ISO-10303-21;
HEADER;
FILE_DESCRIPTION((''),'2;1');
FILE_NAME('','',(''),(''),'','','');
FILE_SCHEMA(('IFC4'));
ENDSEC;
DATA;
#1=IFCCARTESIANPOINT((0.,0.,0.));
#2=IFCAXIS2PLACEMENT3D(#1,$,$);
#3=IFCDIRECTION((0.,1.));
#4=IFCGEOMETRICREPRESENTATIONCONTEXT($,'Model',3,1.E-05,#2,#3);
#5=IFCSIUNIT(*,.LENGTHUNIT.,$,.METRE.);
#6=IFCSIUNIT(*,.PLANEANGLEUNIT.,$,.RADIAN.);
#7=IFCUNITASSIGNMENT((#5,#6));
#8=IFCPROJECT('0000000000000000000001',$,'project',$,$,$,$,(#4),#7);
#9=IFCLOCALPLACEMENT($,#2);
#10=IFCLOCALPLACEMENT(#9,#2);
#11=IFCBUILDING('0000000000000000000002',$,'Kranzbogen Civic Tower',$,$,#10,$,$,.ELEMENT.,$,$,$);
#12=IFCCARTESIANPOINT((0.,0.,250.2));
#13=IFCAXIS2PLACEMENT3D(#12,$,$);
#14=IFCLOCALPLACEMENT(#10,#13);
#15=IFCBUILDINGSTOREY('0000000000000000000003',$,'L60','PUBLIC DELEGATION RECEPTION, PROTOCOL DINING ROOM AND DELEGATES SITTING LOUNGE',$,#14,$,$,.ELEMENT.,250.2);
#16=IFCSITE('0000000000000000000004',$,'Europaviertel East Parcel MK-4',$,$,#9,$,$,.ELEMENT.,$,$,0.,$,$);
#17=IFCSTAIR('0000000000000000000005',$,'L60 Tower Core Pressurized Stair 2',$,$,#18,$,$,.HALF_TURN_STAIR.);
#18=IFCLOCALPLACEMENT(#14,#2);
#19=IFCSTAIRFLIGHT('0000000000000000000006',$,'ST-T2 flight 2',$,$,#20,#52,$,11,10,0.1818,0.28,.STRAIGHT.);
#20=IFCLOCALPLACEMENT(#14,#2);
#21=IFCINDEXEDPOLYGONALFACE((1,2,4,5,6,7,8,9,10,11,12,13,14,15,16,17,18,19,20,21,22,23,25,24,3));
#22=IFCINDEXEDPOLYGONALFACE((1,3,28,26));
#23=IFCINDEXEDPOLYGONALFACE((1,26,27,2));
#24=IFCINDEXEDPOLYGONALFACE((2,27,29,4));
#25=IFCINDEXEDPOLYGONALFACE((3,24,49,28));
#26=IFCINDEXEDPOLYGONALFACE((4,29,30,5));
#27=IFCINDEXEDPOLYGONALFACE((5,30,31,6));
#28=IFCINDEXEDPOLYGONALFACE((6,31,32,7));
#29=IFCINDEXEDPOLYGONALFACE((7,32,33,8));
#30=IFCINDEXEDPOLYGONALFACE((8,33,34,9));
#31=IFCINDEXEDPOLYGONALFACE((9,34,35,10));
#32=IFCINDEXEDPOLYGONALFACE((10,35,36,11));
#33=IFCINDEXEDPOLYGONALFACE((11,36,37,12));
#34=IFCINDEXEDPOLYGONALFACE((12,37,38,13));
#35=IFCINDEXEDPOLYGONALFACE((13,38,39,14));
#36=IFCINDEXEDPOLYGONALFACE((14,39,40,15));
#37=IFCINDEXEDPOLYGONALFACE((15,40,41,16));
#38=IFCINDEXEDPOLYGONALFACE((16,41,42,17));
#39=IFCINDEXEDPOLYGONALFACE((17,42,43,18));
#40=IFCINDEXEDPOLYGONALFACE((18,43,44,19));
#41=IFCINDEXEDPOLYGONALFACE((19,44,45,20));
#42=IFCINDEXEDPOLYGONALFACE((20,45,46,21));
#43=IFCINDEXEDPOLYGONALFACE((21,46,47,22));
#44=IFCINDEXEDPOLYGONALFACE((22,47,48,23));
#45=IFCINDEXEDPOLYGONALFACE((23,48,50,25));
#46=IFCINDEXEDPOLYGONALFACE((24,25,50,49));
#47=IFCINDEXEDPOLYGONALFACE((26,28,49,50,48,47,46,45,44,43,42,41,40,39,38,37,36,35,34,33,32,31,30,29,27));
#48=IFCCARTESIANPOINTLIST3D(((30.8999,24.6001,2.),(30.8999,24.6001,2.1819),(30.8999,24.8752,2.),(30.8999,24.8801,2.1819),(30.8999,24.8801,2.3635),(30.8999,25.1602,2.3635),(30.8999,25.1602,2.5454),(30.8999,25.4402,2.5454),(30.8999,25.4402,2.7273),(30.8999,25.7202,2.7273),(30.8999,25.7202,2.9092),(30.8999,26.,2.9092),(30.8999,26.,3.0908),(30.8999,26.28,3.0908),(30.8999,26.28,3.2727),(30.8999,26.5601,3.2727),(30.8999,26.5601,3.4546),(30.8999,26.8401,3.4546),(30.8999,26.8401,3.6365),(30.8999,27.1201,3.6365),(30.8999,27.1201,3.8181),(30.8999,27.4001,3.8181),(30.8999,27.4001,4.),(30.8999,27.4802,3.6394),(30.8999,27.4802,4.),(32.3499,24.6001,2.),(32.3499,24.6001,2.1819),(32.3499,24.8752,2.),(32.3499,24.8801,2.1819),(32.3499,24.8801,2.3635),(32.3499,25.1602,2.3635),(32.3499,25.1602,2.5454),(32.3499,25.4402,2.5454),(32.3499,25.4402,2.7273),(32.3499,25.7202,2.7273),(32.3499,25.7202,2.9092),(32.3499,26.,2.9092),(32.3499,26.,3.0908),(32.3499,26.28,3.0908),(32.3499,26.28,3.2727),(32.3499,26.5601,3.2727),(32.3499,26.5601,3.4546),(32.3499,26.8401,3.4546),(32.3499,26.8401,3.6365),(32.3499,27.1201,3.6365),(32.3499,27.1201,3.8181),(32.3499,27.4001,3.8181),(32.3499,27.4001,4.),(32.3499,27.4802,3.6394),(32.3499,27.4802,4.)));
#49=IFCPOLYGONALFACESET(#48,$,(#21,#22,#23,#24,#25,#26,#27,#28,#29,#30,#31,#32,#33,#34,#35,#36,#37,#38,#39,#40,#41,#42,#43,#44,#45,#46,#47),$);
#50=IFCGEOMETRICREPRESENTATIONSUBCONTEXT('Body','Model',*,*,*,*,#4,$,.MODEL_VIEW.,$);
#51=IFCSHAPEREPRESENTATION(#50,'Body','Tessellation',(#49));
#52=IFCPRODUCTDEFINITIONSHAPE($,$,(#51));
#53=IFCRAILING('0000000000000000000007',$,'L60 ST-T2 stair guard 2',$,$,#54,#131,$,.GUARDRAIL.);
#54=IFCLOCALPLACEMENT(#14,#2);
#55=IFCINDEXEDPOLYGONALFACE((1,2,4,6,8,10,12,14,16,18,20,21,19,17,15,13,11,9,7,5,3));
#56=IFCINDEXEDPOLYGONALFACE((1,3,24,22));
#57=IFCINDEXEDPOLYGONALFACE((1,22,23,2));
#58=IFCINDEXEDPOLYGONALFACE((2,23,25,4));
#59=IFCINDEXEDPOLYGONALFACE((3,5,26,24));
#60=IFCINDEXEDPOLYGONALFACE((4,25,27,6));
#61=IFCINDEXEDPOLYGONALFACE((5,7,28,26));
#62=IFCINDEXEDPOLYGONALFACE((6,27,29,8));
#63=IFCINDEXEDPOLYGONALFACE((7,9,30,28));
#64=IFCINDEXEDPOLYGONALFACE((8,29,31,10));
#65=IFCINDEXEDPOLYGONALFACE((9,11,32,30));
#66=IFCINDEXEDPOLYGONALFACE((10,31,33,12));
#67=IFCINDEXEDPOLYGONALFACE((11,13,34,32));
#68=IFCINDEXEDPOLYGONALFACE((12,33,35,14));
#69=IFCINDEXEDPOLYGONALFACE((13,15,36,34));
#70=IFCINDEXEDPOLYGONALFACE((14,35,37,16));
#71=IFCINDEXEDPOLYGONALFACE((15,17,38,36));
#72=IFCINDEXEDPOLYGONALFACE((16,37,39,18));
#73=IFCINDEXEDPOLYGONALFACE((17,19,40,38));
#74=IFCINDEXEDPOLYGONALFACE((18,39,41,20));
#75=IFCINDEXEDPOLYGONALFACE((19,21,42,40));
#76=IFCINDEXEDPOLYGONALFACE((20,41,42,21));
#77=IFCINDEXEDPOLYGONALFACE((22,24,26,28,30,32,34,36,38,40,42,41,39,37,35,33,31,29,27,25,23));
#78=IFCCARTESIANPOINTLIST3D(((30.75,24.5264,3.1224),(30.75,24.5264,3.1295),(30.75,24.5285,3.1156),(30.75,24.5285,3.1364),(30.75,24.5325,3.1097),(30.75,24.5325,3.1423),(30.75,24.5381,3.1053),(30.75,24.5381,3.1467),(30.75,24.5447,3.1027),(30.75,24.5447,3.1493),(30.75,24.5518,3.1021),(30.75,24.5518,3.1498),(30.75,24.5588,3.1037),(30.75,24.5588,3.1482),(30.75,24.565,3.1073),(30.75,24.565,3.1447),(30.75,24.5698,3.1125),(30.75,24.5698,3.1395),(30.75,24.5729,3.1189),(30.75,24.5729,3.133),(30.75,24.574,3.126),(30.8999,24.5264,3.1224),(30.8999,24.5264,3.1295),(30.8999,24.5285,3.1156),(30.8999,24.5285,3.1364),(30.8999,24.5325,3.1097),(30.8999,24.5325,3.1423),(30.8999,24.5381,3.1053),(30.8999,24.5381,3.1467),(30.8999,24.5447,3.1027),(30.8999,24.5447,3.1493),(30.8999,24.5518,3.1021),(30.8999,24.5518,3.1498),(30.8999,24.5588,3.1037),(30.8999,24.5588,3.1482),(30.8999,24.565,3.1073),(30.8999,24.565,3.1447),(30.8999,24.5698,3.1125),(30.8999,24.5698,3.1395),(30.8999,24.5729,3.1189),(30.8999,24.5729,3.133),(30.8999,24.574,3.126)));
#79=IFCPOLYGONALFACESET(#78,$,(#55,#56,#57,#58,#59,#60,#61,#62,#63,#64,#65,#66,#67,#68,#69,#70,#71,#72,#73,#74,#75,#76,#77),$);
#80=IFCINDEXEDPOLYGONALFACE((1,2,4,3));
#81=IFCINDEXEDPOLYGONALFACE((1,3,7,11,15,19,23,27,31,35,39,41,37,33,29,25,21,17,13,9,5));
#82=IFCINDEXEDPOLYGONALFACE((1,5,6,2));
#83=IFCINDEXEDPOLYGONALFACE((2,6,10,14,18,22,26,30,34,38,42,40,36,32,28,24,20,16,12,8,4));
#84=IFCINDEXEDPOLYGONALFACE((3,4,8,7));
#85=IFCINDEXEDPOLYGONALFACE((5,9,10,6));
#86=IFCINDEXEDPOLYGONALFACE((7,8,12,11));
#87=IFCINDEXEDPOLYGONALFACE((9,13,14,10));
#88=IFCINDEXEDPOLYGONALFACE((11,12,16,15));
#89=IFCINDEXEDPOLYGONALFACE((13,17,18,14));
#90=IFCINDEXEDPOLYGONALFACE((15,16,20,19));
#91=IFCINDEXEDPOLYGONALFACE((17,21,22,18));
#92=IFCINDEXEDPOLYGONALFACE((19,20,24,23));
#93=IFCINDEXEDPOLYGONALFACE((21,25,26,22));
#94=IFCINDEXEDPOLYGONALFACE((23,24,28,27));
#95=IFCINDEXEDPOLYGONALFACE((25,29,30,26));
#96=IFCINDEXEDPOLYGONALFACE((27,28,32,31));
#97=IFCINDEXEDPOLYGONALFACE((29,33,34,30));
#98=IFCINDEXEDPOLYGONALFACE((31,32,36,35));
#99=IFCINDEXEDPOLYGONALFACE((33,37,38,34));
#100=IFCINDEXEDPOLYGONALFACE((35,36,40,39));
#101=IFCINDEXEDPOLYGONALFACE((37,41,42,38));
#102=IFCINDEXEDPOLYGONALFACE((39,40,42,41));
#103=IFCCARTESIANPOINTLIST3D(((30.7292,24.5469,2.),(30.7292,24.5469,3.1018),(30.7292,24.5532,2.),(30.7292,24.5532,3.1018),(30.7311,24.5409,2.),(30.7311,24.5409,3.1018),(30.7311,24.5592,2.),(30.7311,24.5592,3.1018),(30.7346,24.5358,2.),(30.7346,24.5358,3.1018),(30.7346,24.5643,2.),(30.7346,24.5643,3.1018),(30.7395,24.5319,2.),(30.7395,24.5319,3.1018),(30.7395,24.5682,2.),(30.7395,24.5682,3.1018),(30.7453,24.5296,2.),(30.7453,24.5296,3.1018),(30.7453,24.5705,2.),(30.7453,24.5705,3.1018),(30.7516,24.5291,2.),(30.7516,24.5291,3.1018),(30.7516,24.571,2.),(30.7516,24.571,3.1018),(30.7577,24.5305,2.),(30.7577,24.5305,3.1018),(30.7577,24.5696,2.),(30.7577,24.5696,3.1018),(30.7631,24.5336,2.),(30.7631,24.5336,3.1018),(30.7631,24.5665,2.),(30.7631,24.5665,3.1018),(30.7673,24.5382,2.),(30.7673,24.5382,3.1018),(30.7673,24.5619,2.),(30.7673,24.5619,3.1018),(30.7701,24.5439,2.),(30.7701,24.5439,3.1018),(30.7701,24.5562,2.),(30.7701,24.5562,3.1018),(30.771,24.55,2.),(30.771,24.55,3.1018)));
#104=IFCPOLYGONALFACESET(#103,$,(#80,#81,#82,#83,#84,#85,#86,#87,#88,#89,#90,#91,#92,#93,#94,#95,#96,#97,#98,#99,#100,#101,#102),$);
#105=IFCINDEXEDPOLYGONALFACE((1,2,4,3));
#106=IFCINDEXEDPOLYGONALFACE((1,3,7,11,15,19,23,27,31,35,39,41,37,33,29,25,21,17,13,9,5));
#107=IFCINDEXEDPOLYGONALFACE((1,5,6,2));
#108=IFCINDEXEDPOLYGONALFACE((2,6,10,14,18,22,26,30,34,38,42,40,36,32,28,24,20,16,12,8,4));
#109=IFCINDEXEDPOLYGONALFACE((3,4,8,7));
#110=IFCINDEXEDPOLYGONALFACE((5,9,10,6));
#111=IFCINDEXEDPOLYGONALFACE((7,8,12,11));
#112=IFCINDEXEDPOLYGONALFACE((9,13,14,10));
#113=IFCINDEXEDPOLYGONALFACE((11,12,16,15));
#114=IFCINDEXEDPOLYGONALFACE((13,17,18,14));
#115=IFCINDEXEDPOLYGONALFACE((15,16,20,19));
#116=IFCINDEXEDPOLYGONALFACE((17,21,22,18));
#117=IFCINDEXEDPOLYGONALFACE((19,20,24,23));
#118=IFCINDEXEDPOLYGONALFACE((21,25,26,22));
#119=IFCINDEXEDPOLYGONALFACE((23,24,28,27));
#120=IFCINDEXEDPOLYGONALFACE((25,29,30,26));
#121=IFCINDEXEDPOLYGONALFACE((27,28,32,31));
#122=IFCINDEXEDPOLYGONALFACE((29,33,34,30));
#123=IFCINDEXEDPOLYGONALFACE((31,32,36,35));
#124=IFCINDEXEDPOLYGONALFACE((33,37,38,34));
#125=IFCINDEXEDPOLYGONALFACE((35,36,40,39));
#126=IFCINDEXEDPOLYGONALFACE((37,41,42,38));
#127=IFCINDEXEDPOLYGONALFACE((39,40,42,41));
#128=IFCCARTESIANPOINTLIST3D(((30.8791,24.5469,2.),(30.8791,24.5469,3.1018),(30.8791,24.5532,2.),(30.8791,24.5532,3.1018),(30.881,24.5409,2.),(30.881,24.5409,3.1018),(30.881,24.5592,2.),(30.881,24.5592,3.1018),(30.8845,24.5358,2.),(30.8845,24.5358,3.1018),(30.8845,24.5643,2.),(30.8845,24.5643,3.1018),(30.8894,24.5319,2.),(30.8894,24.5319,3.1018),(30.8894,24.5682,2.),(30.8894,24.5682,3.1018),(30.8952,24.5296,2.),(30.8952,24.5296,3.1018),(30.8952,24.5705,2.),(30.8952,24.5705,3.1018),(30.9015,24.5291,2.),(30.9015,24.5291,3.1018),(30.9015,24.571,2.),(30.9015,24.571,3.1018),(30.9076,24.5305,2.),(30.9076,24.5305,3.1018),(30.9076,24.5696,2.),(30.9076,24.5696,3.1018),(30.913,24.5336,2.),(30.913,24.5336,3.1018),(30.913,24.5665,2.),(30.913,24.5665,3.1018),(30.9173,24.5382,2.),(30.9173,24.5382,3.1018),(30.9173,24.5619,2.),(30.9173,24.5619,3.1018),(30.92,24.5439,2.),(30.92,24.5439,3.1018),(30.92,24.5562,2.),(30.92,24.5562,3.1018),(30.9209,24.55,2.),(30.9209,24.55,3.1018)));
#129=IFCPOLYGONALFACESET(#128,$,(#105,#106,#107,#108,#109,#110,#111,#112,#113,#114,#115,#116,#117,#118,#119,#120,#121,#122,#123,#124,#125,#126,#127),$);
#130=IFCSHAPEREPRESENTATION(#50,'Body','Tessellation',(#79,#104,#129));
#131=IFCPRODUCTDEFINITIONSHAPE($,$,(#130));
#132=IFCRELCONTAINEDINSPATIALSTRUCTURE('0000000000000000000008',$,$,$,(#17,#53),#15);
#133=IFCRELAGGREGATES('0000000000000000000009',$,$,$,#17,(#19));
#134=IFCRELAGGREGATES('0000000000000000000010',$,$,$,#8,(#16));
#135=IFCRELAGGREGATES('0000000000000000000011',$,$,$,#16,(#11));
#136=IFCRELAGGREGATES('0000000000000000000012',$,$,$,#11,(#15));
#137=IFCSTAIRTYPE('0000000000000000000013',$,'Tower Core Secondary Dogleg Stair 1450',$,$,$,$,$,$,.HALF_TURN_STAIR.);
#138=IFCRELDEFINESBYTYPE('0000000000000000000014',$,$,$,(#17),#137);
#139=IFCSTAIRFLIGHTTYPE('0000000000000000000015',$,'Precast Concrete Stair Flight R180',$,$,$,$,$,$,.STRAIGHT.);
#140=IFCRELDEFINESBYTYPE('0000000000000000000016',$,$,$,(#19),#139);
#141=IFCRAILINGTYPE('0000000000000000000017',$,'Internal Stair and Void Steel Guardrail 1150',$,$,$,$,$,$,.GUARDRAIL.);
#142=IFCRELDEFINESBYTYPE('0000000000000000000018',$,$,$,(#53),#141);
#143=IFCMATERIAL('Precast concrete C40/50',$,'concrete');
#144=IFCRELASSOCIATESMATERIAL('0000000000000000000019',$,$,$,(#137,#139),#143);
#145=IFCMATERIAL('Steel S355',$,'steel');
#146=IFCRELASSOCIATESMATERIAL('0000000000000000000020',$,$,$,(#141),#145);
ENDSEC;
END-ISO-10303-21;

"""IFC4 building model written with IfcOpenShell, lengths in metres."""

from ifc_helpers import new_model, si_unit, direction, frame, origin, origin_2d, place, context, subcontext, project, spatial, polyline, circle, outline, extrude, material, type_object, element, aggregate, save


model = new_model("IFC4")

# Units and contexts
model_context = context("Model", 3, precision=1e-05, world=origin(), true_north=direction((0.0, 1.0)))
body_context = subcontext(model_context, "Body", "Model", "MODEL_VIEW")
ifc_project = project(units=[si_unit("LENGTHUNIT", "METRE"), si_unit("PLANEANGLEUNIT", "RADIAN")], contexts=[model_context])

# Site, building, storey
site_placement = place(None, origin())
site = spatial("IfcSite", under=ifc_project, at=site_placement, Name="Europaviertel East Parcel MK-4", CompositionType="ELEMENT", RefElevation=0.0)
building_placement = place(site_placement, origin())
building = spatial("IfcBuilding", under=site, at=building_placement, Name="Kranzbogen Civic Tower", CompositionType="ELEMENT")
storey_placement = place(building_placement, frame((0.0, 0.0, 250.2)))
storey = spatial("IfcBuildingStorey", under=building, at=storey_placement, Name="L60", Description="PUBLIC DELEGATION RECEPTION, PROTOCOL DINING ROOM AND DELEGATES SITTING LOUNGE", CompositionType="ELEMENT", Elevation=250.2)

# Shared definitions
ifc_material_1 = material(Name="Steel S355", Category="steel")

# Stair, stair flight
ifc_material_2 = material(Name="Precast concrete C40/50", Category="concrete")
stair_type = type_object("IfcStairType", Name="Tower Core Secondary Dogleg Stair 1450", PredefinedType="HALF_TURN_STAIR", material=ifc_material_2)
stair_placement = place(storey_placement, origin())
stair = element("IfcStair", 1, at=stair_placement, inside=storey, type_object=stair_type, Name="L60 Tower Core Pressurized Stair 2", PredefinedType="HALF_TURN_STAIR")
stair_flight_type = type_object("IfcStairFlightType", Name="Precast Concrete Stair Flight R180", PredefinedType="STRAIGHT", material=ifc_material_2)
stair_flight_placement = place(storey_placement, frame((31.625, 24.6001, 2.0), z_axis=(0.0, 0.0, 1.0), x_axis=(0.0, 1.0, 0.0)))
stair_flight = element("IfcStairFlight", 2, at=stair_flight_placement, type_object=stair_flight_type, Name="ST-T2 flight 2", NumberOfRisers=11, NumberOfTreads=10, PredefinedType="STRAIGHT", RiserHeight=0.1818, TreadLength=0.28, context=body_context, shape_type="SweptSolid", body=[
    extrude(outline(polyline([(0.0, 0.0), (0.0, 0.1819), (0.28, 0.1819), (0.28, 0.3635), (0.5601, 0.3635), (0.5601, 0.5454), (0.8401, 0.5454), (0.8401, 0.7273), (1.1201, 0.7273), (1.1201, 0.9092), (1.3999, 0.9092), (1.3999, 1.0908), (1.6799, 1.0908), (1.6799, 1.2727), (1.96, 1.2727), (1.96, 1.4546), (2.24, 1.4546), (2.24, 1.6365), (2.52, 1.6365), (2.52, 1.8181), (2.8, 1.8181), (2.8, 2.0), (2.8801, 2.0), (2.8801, 1.6394), (0.2751, 0.0), (0.0, 0.0)])), frame((0.0, 0.7251, 0.0), z_axis=(0.0, -1.0, 0.0), x_axis=(1.0, 0.0, 0.0)), (0.0, 0.0, 1.0), 1.45),
])
aggregate(stair, [stair_flight])

# Railing
railing_type = type_object("IfcRailingType", Name="Internal Stair and Void Steel Guardrail 1150", PredefinedType="GUARDRAIL", material=ifc_material_1)
railing_1_placement = place(storey_placement, frame((30.75, 24.55, 2.0)))
element("IfcRailing", 3, at=railing_1_placement, inside=storey, type_object=railing_type, Name="L60 ST-T2 stair guard 2", PredefinedType="GUARDRAIL", context=body_context, shape_type="SweptSolid", body=[
    extrude(circle(Radius=0.0239, at=origin_2d()), frame((0.0, 0.0, 1.126), z_axis=(1.0, 0.0, 0.0), x_axis=(0.0, 1.0, 0.0)), (0.0, 0.0, 1.0), 0.1499),
    extrude(circle(Radius=0.021, at=origin_2d()), origin(), (0.0, 0.0, 1.0), 1.1018),
    extrude(circle(Radius=0.021, at=origin_2d()), frame((0.1499, 0.0, 0.0)), (0.0, 0.0, 1.0), 1.1018),
])

save(model, "model.ifc")
